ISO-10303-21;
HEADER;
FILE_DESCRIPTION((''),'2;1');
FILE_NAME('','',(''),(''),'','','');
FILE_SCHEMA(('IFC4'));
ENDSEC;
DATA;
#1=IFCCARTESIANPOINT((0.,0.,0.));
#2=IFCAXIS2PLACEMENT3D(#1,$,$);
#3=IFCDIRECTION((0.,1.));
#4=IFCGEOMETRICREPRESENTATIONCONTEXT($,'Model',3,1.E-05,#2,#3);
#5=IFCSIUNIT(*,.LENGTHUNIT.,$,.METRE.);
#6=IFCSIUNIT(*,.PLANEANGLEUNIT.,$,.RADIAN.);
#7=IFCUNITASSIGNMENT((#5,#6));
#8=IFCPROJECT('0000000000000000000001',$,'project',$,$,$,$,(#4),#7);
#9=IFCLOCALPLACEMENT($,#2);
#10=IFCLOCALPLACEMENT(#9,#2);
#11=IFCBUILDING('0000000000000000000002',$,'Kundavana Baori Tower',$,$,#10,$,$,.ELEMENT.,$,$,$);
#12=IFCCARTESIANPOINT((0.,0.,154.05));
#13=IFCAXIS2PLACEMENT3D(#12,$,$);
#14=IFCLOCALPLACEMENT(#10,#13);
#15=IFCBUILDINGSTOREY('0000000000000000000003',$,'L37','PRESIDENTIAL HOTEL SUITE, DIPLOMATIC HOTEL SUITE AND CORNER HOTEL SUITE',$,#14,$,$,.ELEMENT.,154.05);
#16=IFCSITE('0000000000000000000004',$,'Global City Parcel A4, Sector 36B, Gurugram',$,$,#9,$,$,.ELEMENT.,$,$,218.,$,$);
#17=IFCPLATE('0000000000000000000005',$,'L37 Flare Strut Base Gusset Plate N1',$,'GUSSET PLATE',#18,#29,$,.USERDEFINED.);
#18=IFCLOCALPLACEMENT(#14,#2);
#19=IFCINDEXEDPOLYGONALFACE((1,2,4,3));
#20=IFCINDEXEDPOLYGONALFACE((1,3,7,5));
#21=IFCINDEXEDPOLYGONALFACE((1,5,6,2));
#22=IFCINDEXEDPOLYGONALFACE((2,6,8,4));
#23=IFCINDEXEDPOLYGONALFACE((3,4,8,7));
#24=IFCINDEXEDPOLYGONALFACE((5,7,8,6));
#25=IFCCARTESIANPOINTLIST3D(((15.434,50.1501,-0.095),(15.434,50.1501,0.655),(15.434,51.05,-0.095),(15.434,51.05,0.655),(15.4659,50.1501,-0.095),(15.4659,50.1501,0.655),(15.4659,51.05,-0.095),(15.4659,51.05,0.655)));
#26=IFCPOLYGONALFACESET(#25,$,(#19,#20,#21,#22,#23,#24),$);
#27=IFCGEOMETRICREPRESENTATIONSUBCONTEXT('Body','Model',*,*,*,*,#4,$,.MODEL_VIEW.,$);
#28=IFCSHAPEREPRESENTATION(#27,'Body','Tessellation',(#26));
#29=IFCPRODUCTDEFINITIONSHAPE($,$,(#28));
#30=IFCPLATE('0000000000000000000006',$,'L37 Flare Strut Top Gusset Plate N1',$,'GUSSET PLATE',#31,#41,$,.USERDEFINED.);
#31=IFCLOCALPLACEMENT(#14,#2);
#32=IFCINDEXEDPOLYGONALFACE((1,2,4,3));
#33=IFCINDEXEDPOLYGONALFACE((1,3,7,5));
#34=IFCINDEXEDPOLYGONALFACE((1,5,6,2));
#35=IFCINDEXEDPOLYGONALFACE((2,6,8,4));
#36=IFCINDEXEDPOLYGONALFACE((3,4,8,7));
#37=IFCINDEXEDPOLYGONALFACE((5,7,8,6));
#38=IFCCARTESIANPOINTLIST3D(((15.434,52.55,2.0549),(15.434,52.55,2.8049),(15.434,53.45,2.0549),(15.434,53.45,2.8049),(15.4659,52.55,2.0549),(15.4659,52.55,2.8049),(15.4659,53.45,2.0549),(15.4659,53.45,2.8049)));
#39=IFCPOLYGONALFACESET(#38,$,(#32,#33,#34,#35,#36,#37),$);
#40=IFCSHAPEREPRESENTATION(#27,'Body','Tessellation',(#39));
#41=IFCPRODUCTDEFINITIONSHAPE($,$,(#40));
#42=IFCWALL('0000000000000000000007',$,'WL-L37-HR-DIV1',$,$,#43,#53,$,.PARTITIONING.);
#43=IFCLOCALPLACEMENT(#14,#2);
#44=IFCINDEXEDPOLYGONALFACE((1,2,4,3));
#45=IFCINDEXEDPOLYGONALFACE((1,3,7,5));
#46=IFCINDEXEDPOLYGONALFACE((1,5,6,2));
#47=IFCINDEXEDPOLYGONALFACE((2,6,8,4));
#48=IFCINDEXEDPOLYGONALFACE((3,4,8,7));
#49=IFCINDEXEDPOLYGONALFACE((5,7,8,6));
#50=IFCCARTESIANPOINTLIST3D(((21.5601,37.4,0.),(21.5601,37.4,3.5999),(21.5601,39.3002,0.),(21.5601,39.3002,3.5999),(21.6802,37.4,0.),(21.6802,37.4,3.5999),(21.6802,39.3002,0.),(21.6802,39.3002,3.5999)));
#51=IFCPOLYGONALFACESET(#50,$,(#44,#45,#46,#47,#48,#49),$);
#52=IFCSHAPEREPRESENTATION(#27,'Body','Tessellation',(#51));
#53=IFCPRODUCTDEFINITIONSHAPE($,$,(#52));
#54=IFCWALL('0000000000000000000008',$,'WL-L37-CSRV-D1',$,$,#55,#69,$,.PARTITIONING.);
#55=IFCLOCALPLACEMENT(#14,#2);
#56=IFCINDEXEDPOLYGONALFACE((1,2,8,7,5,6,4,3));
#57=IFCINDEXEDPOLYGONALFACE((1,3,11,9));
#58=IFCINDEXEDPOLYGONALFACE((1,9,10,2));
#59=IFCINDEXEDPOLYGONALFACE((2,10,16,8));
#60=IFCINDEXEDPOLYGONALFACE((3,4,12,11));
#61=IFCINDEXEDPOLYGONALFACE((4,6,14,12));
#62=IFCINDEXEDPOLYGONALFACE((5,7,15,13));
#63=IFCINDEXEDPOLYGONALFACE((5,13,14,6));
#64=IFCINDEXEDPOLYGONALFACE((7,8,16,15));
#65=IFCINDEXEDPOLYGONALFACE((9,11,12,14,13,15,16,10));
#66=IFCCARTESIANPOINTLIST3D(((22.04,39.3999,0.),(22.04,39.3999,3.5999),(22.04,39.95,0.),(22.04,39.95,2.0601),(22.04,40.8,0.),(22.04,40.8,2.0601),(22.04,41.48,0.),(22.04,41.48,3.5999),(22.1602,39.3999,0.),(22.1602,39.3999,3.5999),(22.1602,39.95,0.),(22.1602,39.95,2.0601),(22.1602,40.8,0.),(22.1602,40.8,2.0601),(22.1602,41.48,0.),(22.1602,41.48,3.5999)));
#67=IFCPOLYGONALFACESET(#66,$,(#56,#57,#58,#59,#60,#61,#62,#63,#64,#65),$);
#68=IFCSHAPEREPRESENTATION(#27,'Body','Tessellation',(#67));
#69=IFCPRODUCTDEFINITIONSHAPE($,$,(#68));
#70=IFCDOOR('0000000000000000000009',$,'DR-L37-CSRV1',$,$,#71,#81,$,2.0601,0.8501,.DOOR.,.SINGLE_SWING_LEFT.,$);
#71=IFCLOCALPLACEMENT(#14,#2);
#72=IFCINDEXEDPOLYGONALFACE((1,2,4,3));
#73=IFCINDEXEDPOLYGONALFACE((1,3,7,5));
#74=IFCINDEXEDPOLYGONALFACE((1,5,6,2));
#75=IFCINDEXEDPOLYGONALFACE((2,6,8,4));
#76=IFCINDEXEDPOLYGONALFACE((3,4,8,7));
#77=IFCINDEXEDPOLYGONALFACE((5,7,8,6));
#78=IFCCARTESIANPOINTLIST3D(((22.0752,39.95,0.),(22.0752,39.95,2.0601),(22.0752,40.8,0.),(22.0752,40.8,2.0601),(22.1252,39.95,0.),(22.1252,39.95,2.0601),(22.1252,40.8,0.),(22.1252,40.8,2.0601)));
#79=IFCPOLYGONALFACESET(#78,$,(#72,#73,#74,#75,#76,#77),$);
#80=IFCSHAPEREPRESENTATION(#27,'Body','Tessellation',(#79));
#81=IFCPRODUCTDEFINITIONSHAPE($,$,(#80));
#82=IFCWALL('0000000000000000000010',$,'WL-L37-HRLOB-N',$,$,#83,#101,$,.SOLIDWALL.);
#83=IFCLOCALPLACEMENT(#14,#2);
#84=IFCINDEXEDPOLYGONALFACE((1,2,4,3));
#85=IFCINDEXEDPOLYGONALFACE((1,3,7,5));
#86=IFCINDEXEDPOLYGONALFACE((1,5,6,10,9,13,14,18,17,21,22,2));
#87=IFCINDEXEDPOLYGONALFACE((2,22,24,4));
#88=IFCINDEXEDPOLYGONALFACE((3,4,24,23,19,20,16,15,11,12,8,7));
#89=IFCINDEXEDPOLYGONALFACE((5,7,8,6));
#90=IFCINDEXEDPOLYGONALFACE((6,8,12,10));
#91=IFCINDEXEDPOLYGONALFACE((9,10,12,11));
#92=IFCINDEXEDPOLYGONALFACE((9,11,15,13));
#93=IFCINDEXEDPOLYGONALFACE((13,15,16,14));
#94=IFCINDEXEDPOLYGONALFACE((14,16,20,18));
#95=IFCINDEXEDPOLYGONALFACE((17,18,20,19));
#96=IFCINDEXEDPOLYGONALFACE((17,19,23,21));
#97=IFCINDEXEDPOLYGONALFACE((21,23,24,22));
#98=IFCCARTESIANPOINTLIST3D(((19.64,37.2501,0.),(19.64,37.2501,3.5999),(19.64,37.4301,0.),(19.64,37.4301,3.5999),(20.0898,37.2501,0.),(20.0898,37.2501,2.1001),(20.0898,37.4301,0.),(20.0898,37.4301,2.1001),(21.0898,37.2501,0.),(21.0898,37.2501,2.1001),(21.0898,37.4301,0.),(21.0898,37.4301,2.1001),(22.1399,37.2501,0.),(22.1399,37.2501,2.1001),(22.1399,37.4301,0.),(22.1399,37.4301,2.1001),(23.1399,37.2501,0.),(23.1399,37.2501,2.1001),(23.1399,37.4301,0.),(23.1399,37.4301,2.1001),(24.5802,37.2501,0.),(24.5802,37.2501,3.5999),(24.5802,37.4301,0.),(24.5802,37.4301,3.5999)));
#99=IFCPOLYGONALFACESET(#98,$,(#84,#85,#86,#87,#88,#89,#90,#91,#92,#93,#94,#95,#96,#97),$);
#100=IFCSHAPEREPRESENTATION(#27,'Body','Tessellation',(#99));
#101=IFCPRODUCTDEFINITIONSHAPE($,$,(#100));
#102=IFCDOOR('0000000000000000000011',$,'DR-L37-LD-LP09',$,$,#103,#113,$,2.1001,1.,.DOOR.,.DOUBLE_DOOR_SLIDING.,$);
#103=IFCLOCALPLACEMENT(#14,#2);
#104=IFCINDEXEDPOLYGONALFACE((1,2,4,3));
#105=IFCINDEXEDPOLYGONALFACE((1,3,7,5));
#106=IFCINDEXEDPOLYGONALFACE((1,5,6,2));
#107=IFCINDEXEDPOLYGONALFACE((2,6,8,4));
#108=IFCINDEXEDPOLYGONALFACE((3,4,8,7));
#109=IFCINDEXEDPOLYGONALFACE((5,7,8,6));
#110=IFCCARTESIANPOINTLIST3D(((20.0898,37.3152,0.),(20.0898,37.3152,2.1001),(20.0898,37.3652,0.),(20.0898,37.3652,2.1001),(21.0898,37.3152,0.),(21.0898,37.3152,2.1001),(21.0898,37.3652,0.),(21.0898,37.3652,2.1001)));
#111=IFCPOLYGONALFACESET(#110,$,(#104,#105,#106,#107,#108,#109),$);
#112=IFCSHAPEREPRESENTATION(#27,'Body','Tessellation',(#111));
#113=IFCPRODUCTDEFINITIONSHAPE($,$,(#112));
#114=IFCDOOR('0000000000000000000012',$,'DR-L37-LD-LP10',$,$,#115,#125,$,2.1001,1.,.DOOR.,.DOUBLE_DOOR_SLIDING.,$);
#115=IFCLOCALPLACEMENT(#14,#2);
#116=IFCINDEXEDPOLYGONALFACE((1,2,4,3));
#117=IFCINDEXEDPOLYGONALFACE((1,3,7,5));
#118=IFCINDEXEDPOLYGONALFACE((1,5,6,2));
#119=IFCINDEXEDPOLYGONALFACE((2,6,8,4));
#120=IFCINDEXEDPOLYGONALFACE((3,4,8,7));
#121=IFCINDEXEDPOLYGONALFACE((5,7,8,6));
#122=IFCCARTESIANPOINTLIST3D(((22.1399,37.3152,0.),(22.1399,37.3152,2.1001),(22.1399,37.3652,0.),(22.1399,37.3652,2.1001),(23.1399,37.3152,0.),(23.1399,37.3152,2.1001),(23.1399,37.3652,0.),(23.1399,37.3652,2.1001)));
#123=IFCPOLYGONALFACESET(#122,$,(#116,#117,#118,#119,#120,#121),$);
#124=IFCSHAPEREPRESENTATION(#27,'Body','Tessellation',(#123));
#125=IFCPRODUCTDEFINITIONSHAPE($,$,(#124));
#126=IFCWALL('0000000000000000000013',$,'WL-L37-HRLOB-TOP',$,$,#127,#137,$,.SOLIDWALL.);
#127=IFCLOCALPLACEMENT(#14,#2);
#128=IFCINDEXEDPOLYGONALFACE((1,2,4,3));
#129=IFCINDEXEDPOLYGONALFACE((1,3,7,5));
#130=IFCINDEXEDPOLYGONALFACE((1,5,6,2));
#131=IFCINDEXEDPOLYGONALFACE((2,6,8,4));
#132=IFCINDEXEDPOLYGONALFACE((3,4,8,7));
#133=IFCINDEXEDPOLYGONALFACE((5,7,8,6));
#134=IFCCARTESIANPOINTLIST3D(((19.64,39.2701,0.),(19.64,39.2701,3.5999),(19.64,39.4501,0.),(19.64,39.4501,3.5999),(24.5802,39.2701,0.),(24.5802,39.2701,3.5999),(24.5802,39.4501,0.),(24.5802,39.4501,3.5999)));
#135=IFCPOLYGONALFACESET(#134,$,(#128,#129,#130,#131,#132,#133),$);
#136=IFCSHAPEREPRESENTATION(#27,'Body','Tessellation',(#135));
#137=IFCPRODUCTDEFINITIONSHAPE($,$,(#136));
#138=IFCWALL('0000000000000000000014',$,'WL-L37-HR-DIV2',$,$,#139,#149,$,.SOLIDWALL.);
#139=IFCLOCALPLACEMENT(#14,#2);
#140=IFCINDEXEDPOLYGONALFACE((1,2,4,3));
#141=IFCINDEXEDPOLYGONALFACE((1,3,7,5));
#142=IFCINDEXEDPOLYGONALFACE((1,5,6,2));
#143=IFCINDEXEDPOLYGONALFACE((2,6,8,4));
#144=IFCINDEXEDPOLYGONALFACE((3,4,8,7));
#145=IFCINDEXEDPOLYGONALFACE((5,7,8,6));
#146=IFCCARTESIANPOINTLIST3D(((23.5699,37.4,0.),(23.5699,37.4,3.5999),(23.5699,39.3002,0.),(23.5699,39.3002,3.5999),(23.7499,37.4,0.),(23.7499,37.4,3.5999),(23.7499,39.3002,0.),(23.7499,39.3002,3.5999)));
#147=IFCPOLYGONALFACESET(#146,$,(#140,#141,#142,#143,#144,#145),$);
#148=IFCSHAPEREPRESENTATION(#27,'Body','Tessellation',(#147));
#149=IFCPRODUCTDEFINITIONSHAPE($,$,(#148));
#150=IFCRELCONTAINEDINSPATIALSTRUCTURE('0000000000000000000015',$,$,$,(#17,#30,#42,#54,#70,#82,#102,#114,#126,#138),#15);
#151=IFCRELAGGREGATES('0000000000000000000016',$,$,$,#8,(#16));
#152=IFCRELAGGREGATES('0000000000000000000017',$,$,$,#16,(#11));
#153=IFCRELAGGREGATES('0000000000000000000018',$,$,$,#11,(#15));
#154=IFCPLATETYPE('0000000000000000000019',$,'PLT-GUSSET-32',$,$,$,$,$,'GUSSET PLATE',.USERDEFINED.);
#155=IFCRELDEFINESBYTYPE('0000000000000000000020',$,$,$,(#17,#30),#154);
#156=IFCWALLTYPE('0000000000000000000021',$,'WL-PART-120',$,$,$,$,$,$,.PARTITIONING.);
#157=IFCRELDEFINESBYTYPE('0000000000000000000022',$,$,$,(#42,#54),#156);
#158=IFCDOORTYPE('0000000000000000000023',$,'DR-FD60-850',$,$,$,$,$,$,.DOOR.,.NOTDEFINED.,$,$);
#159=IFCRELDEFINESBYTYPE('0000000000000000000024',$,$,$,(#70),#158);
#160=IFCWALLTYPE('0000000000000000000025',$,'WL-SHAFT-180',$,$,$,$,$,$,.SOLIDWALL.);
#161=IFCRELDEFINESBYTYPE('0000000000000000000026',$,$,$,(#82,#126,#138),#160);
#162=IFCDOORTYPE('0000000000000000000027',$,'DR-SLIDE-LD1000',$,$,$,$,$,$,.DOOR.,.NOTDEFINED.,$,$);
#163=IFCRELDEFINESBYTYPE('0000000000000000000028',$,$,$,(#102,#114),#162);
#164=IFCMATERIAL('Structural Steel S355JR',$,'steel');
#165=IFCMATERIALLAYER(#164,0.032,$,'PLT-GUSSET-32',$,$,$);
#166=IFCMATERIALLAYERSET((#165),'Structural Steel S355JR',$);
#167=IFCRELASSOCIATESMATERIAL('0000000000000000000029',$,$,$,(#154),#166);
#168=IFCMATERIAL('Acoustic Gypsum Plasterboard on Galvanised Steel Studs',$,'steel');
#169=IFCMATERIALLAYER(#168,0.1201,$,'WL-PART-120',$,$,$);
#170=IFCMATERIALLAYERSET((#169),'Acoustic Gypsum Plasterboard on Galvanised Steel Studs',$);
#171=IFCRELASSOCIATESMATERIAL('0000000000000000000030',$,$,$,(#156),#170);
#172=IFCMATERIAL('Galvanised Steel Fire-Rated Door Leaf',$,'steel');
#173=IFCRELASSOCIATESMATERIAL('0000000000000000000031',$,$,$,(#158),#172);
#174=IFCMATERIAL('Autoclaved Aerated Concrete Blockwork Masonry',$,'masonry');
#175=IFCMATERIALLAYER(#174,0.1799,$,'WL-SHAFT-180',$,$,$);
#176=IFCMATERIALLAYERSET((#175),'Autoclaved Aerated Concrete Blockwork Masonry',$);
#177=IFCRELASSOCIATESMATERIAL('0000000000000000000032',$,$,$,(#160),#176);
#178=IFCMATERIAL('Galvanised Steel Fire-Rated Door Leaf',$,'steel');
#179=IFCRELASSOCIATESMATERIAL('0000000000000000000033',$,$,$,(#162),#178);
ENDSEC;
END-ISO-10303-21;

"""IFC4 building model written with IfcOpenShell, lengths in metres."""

from ifc_helpers import new_model, si_unit, direction, frame, frame_2d, origin, origin_2d, place, context, subcontext, project, spatial, rectangle, extrude, material, layer, layer_set, type_object, element, fill, save


model = new_model("IFC4")

# Units and contexts
model_context = context("Model", 3, precision=1e-05, world=origin(), true_north=direction((0.0, 1.0)))
body_context = subcontext(model_context, "Body", "Model", "MODEL_VIEW")
ifc_project = project(units=[si_unit("LENGTHUNIT", "METRE"), si_unit("PLANEANGLEUNIT", "RADIAN")], contexts=[model_context])

# Site, building, storey
site_placement = place(None, origin())
site = spatial("IfcSite", under=ifc_project, at=site_placement, Name="Global City Parcel A4, Sector 36B, Gurugram", CompositionType="ELEMENT", RefElevation=218.0)
building_placement = place(site_placement, origin())
building = spatial("IfcBuilding", under=site, at=building_placement, Name="Kundavana Baori Tower", CompositionType="ELEMENT")
storey_placement = place(building_placement, frame((0.0, 0.0, 154.05)))
storey = spatial("IfcBuildingStorey", under=building, at=storey_placement, Name="L37", Description="PRESIDENTIAL HOTEL SUITE, DIPLOMATIC HOTEL SUITE AND CORNER HOTEL SUITE", CompositionType="ELEMENT", Elevation=154.05)

# Plates
ifc_material_1 = material(Name="Structural Steel S355JR", Category="steel")
ifc_layer_1 = layer(ifc_material_1, 0.032, Name="PLT-GUSSET-32")
ifc_layer_set_1 = layer_set([ifc_layer_1], Name="Structural Steel S355JR")
plate_type = type_object("IfcPlateType", Name="PLT-GUSSET-32", ElementType="GUSSET PLATE", PredefinedType="USERDEFINED", material=ifc_layer_set_1)
for number, where, z_axis, x_axis, name in (
    (1, (15.45, 50.6001, -0.095), (0.0, 0.0, 1.0), (1.0, 0.0, 0.0), "L37 Flare Strut Base Gusset Plate N1"),
    (2, (15.45, 53.0, 2.0549), (0.0, 0.0, 1.0), (1.0, 0.0, 0.0), "L37 Flare Strut Top Gusset Plate N1"),
):
    element("IfcPlate", number, at=place(storey_placement, frame(where, z_axis=z_axis, x_axis=x_axis)), inside=storey, type_object=plate_type, Name=name, ObjectType="GUSSET PLATE", PredefinedType="USERDEFINED", context=body_context, shape_type="SweptSolid", body=[
        extrude(rectangle(XDim=0.032, YDim=0.8999, at=origin_2d()), origin(), (0.0, 0.0, 1.0), 0.75),
    ])

# Wall
ifc_material_2 = material(Name="Acoustic Gypsum Plasterboard on Galvanised Steel Studs", Category="steel")
ifc_layer_2 = layer(ifc_material_2, 0.1201, Name="WL-PART-120")
ifc_layer_set_2 = layer_set([ifc_layer_2], Name="Acoustic Gypsum Plasterboard on Galvanised Steel Studs")
wall_type_1 = type_object("IfcWallType", Name="WL-PART-120", PredefinedType="PARTITIONING", material=ifc_layer_set_2)
wall_1_placement = place(storey_placement, frame((21.6201, 37.3999, 0.0), z_axis=(0.0, 0.0, 1.0), x_axis=(0.0, 1.0, 0.0)))
element("IfcWall", 3, at=wall_1_placement, inside=storey, type_object=wall_type_1, Name="WL-L37-HR-DIV1", PredefinedType="PARTITIONING", context=body_context, shape_type="SweptSolid", body=[
    extrude(rectangle(XDim=1.9001, YDim=0.1201, at=frame_2d((0.9502, 0.0))), origin(), (0.0, 0.0, 1.0), 3.5999),
])

# Wall, opening, door
wall_2_placement = place(storey_placement, frame((22.1001, 39.3999, 0.0), z_axis=(0.0, 0.0, 1.0), x_axis=(0.0, 1.0, 0.0)))
wall_2 = element("IfcWall", 4, at=wall_2_placement, inside=storey, type_object=wall_type_1, Name="WL-L37-CSRV-D1", PredefinedType="PARTITIONING", context=body_context, shape_type="SweptSolid", body=[
    extrude(rectangle(XDim=2.0801, YDim=0.1201, at=frame_2d((1.04, 0.0))), origin(), (0.0, 0.0, 1.0), 3.5999),
])
opening_1_placement = place(wall_2_placement, frame((0.55, 0.0, 0.0)))
opening_1 = element("IfcOpeningElement", 5, at=opening_1_placement, cuts=wall_2, PredefinedType="OPENING", context=body_context, shape_type="SweptSolid", body=[
    extrude(rectangle(XDim=0.8501, YDim=2.0601, at=frame_2d((0.425, 1.03))), frame((0.0, 0.0701, 0.0), z_axis=(0.0, -1.0, 0.0), x_axis=(1.0, 0.0, 0.0)), (0.0, 0.0, 1.0), 0.1401),
])
ifc_material_3 = material(Name="Galvanised Steel Fire-Rated Door Leaf", Category="steel")
door_type_1 = type_object("IfcDoorType", Name="DR-FD60-850", OperationType="NOTDEFINED", PredefinedType="DOOR", material=ifc_material_3)
door_1_placement = place(opening_1_placement, origin())
door_1 = element("IfcDoor", 6, at=door_1_placement, inside=storey, type_object=door_type_1, Name="DR-L37-CSRV1", OperationType="SINGLE_SWING_LEFT", OverallHeight=2.0601, OverallWidth=0.8501, PredefinedType="DOOR", context=body_context, shape_type="SweptSolid", body=[
    extrude(rectangle(XDim=0.8501, YDim=2.0601, at=frame_2d((0.425, 1.03))), frame((0.0, 0.0249, 0.0), z_axis=(0.0, -1.0, 0.0), x_axis=(1.0, 0.0, 0.0)), (0.0, 0.0, 1.0), 0.05),
])
fill(opening_1, door_1)

# Wall, openings, doors
ifc_material_4 = material(Name="Autoclaved Aerated Concrete Blockwork Masonry", Category="masonry")
ifc_layer_3 = layer(ifc_material_4, 0.1799, Name="WL-SHAFT-180")
ifc_layer_set_3 = layer_set([ifc_layer_3], Name="Autoclaved Aerated Concrete Blockwork Masonry")
wall_type_2 = type_object("IfcWallType", Name="WL-SHAFT-180", PredefinedType="SOLIDWALL", material=ifc_layer_set_3)
wall_3_placement = place(storey_placement, frame((19.6399, 37.3401, 0.0), z_axis=(0.0, 0.0, 1.0), x_axis=(1.0, 0.0, 0.0)))
wall_3 = element("IfcWall", 7, at=wall_3_placement, inside=storey, type_object=wall_type_2, Name="WL-L37-HRLOB-N", PredefinedType="SOLIDWALL", context=body_context, shape_type="SweptSolid", body=[
    extrude(rectangle(XDim=4.9402, YDim=0.1799, at=frame_2d((2.4702, 0.0))), origin(), (0.0, 0.0, 1.0), 3.5999),
])
opening_2_placement = place(wall_3_placement, frame((0.45, 0.0, 0.0)))
opening_2 = element("IfcOpeningElement", 8, at=opening_2_placement, cuts=wall_3, PredefinedType="OPENING", context=body_context, shape_type="SweptSolid", body=[
    extrude(rectangle(XDim=1.0, YDim=2.1001, at=frame_2d((0.5, 1.05))), frame((0.0, 0.1001, 0.0), z_axis=(0.0, -1.0, 0.0), x_axis=(1.0, 0.0, 0.0)), (0.0, 0.0, 1.0), 0.2),
])
opening_3_placement = place(wall_3_placement, frame((2.5, 0.0, 0.0)))
opening_3 = element("IfcOpeningElement", 9, at=opening_3_placement, cuts=wall_3, PredefinedType="OPENING", context=body_context, shape_type="SweptSolid", body=[
    extrude(rectangle(XDim=1.0, YDim=2.1001, at=frame_2d((0.5, 1.05))), frame((0.0, 0.1001, 0.0), z_axis=(0.0, -1.0, 0.0), x_axis=(1.0, 0.0, 0.0)), (0.0, 0.0, 1.0), 0.2),
])
ifc_material_5 = material(Name="Galvanised Steel Fire-Rated Door Leaf", Category="steel")
door_type_2 = type_object("IfcDoorType", Name="DR-SLIDE-LD1000", OperationType="NOTDEFINED", PredefinedType="DOOR", material=ifc_material_5)
door_2_placement = place(opening_2_placement, frame((1.0, 0.0, 0.0), z_axis=(0.0, 0.0, 1.0), x_axis=(-1.0, 0.0, 0.0)))
door_2 = element("IfcDoor", 10, at=door_2_placement, inside=storey, type_object=door_type_2, Name="DR-L37-LD-LP09", OperationType="DOUBLE_DOOR_SLIDING", OverallHeight=2.1001, OverallWidth=1.0, PredefinedType="DOOR", context=body_context, shape_type="SweptSolid", body=[
    extrude(rectangle(XDim=1.0, YDim=2.1001, at=frame_2d((0.5, 1.05))), frame((0.0, 0.0249, 0.0), z_axis=(0.0, -1.0, 0.0), x_axis=(1.0, 0.0, 0.0)), (0.0, 0.0, 1.0), 0.05),
])
fill(opening_2, door_2)
door_3_placement = place(opening_3_placement, frame((1.0, 0.0, 0.0), z_axis=(0.0, 0.0, 1.0), x_axis=(-1.0, 0.0, 0.0)))
door_3 = element("IfcDoor", 11, at=door_3_placement, inside=storey, type_object=door_type_2, Name="DR-L37-LD-LP10", OperationType="DOUBLE_DOOR_SLIDING", OverallHeight=2.1001, OverallWidth=1.0, PredefinedType="DOOR", context=body_context, shape_type="SweptSolid", body=[
    extrude(rectangle(XDim=1.0, YDim=2.1001, at=frame_2d((0.5, 1.05))), frame((0.0, 0.0249, 0.0), z_axis=(0.0, -1.0, 0.0), x_axis=(1.0, 0.0, 0.0)), (0.0, 0.0, 1.0), 0.05),
])
fill(opening_3, door_3)

# Walls
wall_4_placement = place(storey_placement, frame((19.6399, 39.3601, 0.0), z_axis=(0.0, 0.0, 1.0), x_axis=(1.0, 0.0, 0.0)))
element("IfcWall", 12, at=wall_4_placement, inside=storey, type_object=wall_type_2, Name="WL-L37-HRLOB-TOP", PredefinedType="SOLIDWALL", context=body_context, shape_type="SweptSolid", body=[
    extrude(rectangle(XDim=4.9402, YDim=0.1799, at=frame_2d((2.4702, 0.0))), origin(), (0.0, 0.0, 1.0), 3.5999),
])
wall_5_placement = place(storey_placement, frame((23.6599, 37.3999, 0.0), z_axis=(0.0, 0.0, 1.0), x_axis=(0.0, 1.0, 0.0)))
element("IfcWall", 13, at=wall_5_placement, inside=storey, type_object=wall_type_2, Name="WL-L37-HR-DIV2", PredefinedType="SOLIDWALL", context=body_context, shape_type="SweptSolid", body=[
    extrude(rectangle(XDim=1.9001, YDim=0.1799, at=frame_2d((0.9502, 0.0))), origin(), (0.0, 0.0, 1.0), 3.5999),
])

save(model, "model.ifc")
